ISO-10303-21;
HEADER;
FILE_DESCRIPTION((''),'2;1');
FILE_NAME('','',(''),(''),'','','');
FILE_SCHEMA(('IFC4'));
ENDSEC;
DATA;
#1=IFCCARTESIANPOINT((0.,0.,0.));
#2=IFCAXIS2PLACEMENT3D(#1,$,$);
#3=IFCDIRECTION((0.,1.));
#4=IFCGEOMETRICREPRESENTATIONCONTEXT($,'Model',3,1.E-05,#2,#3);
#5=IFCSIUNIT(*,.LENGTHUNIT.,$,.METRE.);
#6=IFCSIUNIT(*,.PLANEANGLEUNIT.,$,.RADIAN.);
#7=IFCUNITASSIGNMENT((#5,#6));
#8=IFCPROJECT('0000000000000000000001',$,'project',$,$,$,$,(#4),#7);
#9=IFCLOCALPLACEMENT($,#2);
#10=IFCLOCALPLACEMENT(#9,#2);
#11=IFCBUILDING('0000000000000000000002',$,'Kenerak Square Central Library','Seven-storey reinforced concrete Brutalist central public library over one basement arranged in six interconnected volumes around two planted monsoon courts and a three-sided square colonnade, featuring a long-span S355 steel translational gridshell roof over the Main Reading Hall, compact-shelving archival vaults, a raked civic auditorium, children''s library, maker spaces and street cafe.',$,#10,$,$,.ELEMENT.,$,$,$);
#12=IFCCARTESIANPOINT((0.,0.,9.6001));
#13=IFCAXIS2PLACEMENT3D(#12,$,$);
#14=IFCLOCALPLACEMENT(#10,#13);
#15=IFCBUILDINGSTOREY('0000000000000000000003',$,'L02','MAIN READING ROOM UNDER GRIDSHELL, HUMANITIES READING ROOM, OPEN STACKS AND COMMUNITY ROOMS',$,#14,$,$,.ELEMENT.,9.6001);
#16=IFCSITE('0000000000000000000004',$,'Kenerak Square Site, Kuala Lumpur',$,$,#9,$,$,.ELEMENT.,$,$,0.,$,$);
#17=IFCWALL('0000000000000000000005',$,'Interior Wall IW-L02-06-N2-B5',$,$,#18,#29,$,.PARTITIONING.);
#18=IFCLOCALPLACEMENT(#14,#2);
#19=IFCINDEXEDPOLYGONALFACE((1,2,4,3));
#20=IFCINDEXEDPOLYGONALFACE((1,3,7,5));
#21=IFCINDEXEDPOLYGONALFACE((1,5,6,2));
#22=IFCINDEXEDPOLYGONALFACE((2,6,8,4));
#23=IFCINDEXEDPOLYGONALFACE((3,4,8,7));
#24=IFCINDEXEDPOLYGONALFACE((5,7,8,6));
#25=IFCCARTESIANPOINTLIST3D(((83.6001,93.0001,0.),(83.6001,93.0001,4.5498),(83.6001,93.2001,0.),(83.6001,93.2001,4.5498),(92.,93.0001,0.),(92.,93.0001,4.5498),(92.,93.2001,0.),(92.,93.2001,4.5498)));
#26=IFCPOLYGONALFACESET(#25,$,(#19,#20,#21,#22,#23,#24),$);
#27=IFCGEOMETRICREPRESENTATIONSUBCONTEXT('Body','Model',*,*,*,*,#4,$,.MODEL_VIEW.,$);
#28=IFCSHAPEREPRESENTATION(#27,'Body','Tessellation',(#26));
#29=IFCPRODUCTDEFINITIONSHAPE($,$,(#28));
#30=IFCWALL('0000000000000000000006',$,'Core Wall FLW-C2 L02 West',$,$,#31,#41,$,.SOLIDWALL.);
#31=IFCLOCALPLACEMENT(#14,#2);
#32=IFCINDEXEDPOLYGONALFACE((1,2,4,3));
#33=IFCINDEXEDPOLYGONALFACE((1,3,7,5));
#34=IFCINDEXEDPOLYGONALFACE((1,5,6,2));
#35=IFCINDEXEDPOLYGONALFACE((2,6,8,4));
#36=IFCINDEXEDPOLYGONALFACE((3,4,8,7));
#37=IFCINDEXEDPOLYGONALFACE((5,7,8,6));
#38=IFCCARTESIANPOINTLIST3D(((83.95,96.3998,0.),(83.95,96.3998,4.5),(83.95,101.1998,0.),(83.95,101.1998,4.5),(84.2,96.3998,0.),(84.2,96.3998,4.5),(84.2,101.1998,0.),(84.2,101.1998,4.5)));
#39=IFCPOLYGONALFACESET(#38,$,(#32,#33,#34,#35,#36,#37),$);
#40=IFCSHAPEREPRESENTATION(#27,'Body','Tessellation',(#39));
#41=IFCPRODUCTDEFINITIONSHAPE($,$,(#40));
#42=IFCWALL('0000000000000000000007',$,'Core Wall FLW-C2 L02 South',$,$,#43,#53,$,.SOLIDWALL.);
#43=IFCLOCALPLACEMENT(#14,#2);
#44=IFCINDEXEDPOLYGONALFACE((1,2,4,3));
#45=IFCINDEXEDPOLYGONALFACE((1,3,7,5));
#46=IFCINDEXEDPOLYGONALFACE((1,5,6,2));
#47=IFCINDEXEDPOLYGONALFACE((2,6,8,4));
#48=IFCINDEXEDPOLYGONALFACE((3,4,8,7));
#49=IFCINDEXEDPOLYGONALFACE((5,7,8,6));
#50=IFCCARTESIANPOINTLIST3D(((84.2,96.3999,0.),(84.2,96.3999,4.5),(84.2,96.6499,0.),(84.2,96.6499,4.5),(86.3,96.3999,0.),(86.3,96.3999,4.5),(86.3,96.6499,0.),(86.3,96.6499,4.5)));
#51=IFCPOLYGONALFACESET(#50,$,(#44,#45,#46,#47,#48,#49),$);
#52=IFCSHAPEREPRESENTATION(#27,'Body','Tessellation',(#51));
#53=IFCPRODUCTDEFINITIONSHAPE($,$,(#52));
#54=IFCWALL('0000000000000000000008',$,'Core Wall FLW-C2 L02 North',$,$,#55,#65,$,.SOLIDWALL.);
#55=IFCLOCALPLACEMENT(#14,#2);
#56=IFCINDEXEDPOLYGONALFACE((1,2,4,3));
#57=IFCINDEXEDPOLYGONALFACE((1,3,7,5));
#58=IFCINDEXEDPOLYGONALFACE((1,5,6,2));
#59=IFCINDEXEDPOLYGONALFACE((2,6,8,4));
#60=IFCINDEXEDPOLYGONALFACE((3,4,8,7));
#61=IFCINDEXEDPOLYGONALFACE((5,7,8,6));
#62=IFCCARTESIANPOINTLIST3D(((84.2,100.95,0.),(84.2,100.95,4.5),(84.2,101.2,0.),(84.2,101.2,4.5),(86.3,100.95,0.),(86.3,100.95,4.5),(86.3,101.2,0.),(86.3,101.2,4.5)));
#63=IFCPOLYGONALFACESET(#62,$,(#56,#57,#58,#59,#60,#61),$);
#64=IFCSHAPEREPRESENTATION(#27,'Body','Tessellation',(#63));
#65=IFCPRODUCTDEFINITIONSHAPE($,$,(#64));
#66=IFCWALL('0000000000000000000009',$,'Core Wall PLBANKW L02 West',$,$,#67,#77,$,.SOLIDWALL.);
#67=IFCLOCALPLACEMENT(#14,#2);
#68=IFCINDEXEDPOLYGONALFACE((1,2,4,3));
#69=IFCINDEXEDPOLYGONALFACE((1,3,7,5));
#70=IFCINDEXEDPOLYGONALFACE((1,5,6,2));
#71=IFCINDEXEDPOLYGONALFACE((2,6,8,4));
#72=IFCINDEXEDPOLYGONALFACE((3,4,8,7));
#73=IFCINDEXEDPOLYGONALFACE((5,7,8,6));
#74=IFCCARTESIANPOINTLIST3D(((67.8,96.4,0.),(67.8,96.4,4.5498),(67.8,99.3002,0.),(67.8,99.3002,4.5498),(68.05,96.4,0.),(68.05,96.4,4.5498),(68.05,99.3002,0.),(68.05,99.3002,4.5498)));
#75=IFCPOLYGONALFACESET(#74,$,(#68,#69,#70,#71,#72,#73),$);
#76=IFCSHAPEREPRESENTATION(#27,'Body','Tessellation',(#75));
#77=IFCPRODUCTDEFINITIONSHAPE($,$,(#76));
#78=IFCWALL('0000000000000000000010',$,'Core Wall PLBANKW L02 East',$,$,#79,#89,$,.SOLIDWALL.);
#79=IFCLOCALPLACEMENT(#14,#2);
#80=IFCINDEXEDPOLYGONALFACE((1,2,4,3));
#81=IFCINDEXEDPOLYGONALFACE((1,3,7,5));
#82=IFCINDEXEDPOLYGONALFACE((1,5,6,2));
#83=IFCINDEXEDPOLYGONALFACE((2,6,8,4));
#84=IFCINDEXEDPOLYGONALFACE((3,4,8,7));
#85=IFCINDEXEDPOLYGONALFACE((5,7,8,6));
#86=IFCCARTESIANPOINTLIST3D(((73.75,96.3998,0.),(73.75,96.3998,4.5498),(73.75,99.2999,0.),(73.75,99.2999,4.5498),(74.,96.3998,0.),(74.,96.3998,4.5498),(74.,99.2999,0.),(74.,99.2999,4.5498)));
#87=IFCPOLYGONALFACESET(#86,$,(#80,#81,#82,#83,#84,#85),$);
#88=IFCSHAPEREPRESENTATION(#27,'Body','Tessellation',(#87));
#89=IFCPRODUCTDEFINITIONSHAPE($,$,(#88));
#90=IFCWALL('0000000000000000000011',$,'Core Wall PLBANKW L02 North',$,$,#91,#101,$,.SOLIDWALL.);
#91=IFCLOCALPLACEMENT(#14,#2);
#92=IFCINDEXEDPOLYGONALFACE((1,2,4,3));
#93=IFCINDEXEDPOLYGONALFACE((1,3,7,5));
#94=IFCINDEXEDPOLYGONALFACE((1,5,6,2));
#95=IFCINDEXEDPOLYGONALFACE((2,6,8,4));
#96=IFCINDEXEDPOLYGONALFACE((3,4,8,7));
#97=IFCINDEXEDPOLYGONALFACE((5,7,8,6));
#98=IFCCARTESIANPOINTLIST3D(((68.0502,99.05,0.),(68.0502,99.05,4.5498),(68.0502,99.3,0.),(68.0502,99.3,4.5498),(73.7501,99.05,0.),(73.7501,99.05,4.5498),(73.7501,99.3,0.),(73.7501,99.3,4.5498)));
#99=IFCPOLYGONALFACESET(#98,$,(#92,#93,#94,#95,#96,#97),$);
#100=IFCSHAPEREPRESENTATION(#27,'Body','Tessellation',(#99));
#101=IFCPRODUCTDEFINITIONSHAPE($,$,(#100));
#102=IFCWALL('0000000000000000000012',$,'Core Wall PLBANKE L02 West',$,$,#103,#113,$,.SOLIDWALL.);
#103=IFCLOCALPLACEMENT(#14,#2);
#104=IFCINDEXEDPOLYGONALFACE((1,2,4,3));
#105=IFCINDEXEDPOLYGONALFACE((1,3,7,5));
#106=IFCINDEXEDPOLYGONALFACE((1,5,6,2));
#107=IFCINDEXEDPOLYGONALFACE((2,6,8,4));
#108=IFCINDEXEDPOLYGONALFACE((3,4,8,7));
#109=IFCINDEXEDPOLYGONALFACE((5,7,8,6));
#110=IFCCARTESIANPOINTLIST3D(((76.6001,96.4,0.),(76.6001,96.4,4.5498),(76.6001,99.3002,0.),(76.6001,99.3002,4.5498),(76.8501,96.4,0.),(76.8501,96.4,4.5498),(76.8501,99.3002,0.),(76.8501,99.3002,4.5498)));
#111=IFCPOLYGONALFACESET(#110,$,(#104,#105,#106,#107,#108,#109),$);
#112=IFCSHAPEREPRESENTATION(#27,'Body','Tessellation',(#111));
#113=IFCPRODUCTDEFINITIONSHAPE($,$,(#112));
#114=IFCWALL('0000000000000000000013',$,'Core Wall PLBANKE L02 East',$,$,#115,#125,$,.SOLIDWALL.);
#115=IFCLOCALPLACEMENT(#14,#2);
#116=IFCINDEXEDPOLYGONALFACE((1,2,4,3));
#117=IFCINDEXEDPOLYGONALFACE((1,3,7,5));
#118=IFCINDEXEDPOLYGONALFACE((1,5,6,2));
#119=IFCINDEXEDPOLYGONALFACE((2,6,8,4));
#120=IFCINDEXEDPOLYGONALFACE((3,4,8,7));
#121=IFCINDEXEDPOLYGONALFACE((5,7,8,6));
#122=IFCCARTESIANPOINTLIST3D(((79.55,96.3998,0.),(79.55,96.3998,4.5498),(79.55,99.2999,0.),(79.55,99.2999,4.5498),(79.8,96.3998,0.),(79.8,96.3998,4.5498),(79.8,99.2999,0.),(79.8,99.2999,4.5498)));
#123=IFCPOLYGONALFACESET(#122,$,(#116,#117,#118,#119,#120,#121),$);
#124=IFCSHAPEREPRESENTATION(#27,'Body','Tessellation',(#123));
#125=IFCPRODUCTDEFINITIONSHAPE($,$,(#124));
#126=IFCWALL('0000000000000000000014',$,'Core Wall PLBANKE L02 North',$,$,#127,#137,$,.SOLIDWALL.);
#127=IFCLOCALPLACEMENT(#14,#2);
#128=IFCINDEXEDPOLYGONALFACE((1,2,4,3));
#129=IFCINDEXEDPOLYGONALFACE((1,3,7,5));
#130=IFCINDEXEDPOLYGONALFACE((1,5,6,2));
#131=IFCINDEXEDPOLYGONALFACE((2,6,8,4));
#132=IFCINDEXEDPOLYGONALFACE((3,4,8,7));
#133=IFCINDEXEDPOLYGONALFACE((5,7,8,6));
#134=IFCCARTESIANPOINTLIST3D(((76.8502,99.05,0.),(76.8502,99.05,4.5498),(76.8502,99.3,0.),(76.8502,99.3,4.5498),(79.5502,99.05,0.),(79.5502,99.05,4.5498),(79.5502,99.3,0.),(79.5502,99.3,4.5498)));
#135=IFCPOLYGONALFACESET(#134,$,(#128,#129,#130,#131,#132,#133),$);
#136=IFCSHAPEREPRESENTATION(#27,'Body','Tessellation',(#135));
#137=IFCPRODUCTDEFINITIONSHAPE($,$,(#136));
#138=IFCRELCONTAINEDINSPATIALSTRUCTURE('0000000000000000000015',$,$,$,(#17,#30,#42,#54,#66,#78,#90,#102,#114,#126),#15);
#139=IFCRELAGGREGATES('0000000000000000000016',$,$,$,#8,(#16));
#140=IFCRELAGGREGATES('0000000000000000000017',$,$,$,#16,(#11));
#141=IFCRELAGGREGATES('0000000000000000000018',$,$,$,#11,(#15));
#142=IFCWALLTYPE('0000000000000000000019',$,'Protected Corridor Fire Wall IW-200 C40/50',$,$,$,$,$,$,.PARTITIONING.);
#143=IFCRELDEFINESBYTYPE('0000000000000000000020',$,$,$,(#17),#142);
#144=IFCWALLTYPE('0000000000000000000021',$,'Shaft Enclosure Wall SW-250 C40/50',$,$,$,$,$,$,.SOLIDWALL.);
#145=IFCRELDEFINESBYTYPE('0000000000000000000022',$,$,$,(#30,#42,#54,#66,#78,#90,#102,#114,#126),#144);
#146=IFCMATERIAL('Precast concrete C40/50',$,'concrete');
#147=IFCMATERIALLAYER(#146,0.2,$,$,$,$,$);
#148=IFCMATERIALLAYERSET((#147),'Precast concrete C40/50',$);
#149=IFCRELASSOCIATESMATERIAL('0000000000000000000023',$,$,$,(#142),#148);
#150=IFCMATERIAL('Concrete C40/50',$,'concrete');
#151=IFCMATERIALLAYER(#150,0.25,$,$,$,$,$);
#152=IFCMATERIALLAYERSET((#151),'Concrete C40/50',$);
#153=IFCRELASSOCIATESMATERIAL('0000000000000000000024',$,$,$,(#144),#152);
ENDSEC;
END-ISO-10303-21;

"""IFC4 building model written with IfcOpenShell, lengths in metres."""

from ifc_helpers import new_model, si_unit, direction, frame, frame_2d, origin, place, context, subcontext, project, spatial, rectangle, extrude, material, layer, layer_set, type_object, element, save


model = new_model("IFC4")

# Units and contexts
model_context = context("Model", 3, precision=1e-05, world=origin(), true_north=direction((0.0, 1.0)))
body_context = subcontext(model_context, "Body", "Model", "MODEL_VIEW")
ifc_project = project(units=[si_unit("LENGTHUNIT", "METRE"), si_unit("PLANEANGLEUNIT", "RADIAN")], contexts=[model_context])

# Site, building, storey
site_placement = place(None, origin())
site = spatial("IfcSite", under=ifc_project, at=site_placement, Name="Kenerak Square Site, Kuala Lumpur", CompositionType="ELEMENT", RefElevation=0.0)
building_placement = place(site_placement, origin())
building = spatial("IfcBuilding", under=site, at=building_placement, Name="Kenerak Square Central Library", Description="Seven-storey reinforced concrete Brutalist central public library over one basement arranged in six interconnected volumes around two planted monsoon courts and a three-sided square colonnade, featuring a long-span S355 steel translational gridshell roof over the Main Reading Hall, compact-shelving archival vaults, a raked civic auditorium, children's library, maker spaces and street cafe.", CompositionType="ELEMENT")
storey_placement = place(building_placement, frame((0.0, 0.0, 9.6001)))
storey = spatial("IfcBuildingStorey", under=building, at=storey_placement, Name="L02", Description="MAIN READING ROOM UNDER GRIDSHELL, HUMANITIES READING ROOM, OPEN STACKS AND COMMUNITY ROOMS", CompositionType="ELEMENT", Elevation=9.6001)

# Walls
ifc_material_1 = material(Name="Concrete C40/50", Category="concrete")
ifc_material_2 = material(Name="Precast concrete C40/50", Category="concrete")
ifc_layer_1 = layer(ifc_material_2, 0.2)
ifc_layer_set_1 = layer_set([ifc_layer_1], Name="Precast concrete C40/50")
wall_type_1 = type_object("IfcWallType", Name="Protected Corridor Fire Wall IW-200 C40/50", PredefinedType="PARTITIONING", material=ifc_layer_set_1)
wall_1_placement = place(storey_placement, frame((83.6001, 93.1001, 0.0), z_axis=(0.0, 0.0, 1.0), x_axis=(1.0, 0.0, 0.0)))
element("IfcWall", 1, at=wall_1_placement, inside=storey, type_object=wall_type_1, Name="Interior Wall IW-L02-06-N2-B5", PredefinedType="PARTITIONING", context=body_context, shape_type="SweptSolid", body=[
    extrude(rectangle(XDim=8.3999, YDim=0.2, at=frame_2d((4.2, 0.0))), origin(), (0.0, 0.0, 1.0), 4.5498),
])
ifc_layer_2 = layer(ifc_material_1, 0.25)
ifc_layer_set_2 = layer_set([ifc_layer_2], Name="Concrete C40/50")
wall_type_2 = type_object("IfcWallType", Name="Shaft Enclosure Wall SW-250 C40/50", PredefinedType="SOLIDWALL", material=ifc_layer_set_2)
wall_2_placement = place(storey_placement, frame((84.075, 96.3999, 0.0), z_axis=(0.0, 0.0, 1.0), x_axis=(0.0, 1.0, 0.0)))
element("IfcWall", 2, at=wall_2_placement, inside=storey, type_object=wall_type_2, Name="Core Wall FLW-C2 L02 West", PredefinedType="SOLIDWALL", context=body_context, shape_type="SweptSolid", body=[
    extrude(rectangle(XDim=4.8, YDim=0.25, at=frame_2d((2.3999, 0.0))), origin(), (0.0, 0.0, 1.0), 4.5),
])
for number, where, z_axis, x_axis, name in (
    (3, (86.3, 96.5249, 0.0), (0.0, 0.0, 1.0), (-1.0, 0.0, 0.0), "Core Wall FLW-C2 L02 South"),
    (4, (84.2, 101.075, 0.0), (0.0, 0.0, 1.0), (1.0, 0.0, 0.0), "Core Wall FLW-C2 L02 North"),
):
    element("IfcWall", number, at=place(storey_placement, frame(where, z_axis=z_axis, x_axis=x_axis)), inside=storey, type_object=wall_type_2, Name=name, PredefinedType="SOLIDWALL", context=body_context, shape_type="SweptSolid", body=[
        extrude(rectangle(XDim=2.1001, YDim=0.25, at=frame_2d((1.05, 0.0))), origin(), (0.0, 0.0, 1.0), 4.5),
    ])
for number, where, z_axis, x_axis, name in (
    (5, (67.925, 96.3999, 0.0), (0.0, 0.0, 1.0), (0.0, 1.0, 0.0), "Core Wall PLBANKW L02 West"),
    (6, (73.875, 99.3, 0.0), (0.0, 0.0, 1.0), (0.0, -1.0, 0.0), "Core Wall PLBANKW L02 East"),
):
    element("IfcWall", number, at=place(storey_placement, frame(where, z_axis=z_axis, x_axis=x_axis)), inside=storey, type_object=wall_type_2, Name=name, PredefinedType="SOLIDWALL", context=body_context, shape_type="SweptSolid", body=[
        extrude(rectangle(XDim=2.9001, YDim=0.25, at=frame_2d((1.4502, 0.0))), origin(), (0.0, 0.0, 1.0), 4.5498),
    ])

# Walls
wall_3_placement = place(storey_placement, frame((68.05, 99.175, 0.0), z_axis=(0.0, 0.0, 1.0), x_axis=(1.0, 0.0, 0.0)))
element("IfcWall", 7, at=wall_3_placement, inside=storey, type_object=wall_type_2, Name="Core Wall PLBANKW L02 North", PredefinedType="SOLIDWALL", context=body_context, shape_type="SweptSolid", body=[
    extrude(rectangle(XDim=5.7, YDim=0.25, at=frame_2d((2.8501, 0.0))), origin(), (0.0, 0.0, 1.0), 4.5498),
])
for number, where, z_axis, x_axis, name in (
    (8, (76.7251, 96.3999, 0.0), (0.0, 0.0, 1.0), (0.0, 1.0, 0.0), "Core Wall PLBANKE L02 West"),
    (9, (79.675, 99.3, 0.0), (0.0, 0.0, 1.0), (0.0, -1.0, 0.0), "Core Wall PLBANKE L02 East"),
):
    element("IfcWall", number, at=place(storey_placement, frame(where, z_axis=z_axis, x_axis=x_axis)), inside=storey, type_object=wall_type_2, Name=name, PredefinedType="SOLIDWALL", context=body_context, shape_type="SweptSolid", body=[
        extrude(rectangle(XDim=2.9001, YDim=0.25, at=frame_2d((1.4502, 0.0))), origin(), (0.0, 0.0, 1.0), 4.5498),
    ])

# Wall
wall_4_placement = place(storey_placement, frame((76.8501, 99.175, 0.0), z_axis=(0.0, 0.0, 1.0), x_axis=(1.0, 0.0, 0.0)))
element("IfcWall", 10, at=wall_4_placement, inside=storey, type_object=wall_type_2, Name="Core Wall PLBANKE L02 North", PredefinedType="SOLIDWALL", context=body_context, shape_type="SweptSolid", body=[
    extrude(rectangle(XDim=2.7, YDim=0.25, at=frame_2d((1.3501, 0.0))), origin(), (0.0, 0.0, 1.0), 4.5498),
])

save(model, "model.ifc")
